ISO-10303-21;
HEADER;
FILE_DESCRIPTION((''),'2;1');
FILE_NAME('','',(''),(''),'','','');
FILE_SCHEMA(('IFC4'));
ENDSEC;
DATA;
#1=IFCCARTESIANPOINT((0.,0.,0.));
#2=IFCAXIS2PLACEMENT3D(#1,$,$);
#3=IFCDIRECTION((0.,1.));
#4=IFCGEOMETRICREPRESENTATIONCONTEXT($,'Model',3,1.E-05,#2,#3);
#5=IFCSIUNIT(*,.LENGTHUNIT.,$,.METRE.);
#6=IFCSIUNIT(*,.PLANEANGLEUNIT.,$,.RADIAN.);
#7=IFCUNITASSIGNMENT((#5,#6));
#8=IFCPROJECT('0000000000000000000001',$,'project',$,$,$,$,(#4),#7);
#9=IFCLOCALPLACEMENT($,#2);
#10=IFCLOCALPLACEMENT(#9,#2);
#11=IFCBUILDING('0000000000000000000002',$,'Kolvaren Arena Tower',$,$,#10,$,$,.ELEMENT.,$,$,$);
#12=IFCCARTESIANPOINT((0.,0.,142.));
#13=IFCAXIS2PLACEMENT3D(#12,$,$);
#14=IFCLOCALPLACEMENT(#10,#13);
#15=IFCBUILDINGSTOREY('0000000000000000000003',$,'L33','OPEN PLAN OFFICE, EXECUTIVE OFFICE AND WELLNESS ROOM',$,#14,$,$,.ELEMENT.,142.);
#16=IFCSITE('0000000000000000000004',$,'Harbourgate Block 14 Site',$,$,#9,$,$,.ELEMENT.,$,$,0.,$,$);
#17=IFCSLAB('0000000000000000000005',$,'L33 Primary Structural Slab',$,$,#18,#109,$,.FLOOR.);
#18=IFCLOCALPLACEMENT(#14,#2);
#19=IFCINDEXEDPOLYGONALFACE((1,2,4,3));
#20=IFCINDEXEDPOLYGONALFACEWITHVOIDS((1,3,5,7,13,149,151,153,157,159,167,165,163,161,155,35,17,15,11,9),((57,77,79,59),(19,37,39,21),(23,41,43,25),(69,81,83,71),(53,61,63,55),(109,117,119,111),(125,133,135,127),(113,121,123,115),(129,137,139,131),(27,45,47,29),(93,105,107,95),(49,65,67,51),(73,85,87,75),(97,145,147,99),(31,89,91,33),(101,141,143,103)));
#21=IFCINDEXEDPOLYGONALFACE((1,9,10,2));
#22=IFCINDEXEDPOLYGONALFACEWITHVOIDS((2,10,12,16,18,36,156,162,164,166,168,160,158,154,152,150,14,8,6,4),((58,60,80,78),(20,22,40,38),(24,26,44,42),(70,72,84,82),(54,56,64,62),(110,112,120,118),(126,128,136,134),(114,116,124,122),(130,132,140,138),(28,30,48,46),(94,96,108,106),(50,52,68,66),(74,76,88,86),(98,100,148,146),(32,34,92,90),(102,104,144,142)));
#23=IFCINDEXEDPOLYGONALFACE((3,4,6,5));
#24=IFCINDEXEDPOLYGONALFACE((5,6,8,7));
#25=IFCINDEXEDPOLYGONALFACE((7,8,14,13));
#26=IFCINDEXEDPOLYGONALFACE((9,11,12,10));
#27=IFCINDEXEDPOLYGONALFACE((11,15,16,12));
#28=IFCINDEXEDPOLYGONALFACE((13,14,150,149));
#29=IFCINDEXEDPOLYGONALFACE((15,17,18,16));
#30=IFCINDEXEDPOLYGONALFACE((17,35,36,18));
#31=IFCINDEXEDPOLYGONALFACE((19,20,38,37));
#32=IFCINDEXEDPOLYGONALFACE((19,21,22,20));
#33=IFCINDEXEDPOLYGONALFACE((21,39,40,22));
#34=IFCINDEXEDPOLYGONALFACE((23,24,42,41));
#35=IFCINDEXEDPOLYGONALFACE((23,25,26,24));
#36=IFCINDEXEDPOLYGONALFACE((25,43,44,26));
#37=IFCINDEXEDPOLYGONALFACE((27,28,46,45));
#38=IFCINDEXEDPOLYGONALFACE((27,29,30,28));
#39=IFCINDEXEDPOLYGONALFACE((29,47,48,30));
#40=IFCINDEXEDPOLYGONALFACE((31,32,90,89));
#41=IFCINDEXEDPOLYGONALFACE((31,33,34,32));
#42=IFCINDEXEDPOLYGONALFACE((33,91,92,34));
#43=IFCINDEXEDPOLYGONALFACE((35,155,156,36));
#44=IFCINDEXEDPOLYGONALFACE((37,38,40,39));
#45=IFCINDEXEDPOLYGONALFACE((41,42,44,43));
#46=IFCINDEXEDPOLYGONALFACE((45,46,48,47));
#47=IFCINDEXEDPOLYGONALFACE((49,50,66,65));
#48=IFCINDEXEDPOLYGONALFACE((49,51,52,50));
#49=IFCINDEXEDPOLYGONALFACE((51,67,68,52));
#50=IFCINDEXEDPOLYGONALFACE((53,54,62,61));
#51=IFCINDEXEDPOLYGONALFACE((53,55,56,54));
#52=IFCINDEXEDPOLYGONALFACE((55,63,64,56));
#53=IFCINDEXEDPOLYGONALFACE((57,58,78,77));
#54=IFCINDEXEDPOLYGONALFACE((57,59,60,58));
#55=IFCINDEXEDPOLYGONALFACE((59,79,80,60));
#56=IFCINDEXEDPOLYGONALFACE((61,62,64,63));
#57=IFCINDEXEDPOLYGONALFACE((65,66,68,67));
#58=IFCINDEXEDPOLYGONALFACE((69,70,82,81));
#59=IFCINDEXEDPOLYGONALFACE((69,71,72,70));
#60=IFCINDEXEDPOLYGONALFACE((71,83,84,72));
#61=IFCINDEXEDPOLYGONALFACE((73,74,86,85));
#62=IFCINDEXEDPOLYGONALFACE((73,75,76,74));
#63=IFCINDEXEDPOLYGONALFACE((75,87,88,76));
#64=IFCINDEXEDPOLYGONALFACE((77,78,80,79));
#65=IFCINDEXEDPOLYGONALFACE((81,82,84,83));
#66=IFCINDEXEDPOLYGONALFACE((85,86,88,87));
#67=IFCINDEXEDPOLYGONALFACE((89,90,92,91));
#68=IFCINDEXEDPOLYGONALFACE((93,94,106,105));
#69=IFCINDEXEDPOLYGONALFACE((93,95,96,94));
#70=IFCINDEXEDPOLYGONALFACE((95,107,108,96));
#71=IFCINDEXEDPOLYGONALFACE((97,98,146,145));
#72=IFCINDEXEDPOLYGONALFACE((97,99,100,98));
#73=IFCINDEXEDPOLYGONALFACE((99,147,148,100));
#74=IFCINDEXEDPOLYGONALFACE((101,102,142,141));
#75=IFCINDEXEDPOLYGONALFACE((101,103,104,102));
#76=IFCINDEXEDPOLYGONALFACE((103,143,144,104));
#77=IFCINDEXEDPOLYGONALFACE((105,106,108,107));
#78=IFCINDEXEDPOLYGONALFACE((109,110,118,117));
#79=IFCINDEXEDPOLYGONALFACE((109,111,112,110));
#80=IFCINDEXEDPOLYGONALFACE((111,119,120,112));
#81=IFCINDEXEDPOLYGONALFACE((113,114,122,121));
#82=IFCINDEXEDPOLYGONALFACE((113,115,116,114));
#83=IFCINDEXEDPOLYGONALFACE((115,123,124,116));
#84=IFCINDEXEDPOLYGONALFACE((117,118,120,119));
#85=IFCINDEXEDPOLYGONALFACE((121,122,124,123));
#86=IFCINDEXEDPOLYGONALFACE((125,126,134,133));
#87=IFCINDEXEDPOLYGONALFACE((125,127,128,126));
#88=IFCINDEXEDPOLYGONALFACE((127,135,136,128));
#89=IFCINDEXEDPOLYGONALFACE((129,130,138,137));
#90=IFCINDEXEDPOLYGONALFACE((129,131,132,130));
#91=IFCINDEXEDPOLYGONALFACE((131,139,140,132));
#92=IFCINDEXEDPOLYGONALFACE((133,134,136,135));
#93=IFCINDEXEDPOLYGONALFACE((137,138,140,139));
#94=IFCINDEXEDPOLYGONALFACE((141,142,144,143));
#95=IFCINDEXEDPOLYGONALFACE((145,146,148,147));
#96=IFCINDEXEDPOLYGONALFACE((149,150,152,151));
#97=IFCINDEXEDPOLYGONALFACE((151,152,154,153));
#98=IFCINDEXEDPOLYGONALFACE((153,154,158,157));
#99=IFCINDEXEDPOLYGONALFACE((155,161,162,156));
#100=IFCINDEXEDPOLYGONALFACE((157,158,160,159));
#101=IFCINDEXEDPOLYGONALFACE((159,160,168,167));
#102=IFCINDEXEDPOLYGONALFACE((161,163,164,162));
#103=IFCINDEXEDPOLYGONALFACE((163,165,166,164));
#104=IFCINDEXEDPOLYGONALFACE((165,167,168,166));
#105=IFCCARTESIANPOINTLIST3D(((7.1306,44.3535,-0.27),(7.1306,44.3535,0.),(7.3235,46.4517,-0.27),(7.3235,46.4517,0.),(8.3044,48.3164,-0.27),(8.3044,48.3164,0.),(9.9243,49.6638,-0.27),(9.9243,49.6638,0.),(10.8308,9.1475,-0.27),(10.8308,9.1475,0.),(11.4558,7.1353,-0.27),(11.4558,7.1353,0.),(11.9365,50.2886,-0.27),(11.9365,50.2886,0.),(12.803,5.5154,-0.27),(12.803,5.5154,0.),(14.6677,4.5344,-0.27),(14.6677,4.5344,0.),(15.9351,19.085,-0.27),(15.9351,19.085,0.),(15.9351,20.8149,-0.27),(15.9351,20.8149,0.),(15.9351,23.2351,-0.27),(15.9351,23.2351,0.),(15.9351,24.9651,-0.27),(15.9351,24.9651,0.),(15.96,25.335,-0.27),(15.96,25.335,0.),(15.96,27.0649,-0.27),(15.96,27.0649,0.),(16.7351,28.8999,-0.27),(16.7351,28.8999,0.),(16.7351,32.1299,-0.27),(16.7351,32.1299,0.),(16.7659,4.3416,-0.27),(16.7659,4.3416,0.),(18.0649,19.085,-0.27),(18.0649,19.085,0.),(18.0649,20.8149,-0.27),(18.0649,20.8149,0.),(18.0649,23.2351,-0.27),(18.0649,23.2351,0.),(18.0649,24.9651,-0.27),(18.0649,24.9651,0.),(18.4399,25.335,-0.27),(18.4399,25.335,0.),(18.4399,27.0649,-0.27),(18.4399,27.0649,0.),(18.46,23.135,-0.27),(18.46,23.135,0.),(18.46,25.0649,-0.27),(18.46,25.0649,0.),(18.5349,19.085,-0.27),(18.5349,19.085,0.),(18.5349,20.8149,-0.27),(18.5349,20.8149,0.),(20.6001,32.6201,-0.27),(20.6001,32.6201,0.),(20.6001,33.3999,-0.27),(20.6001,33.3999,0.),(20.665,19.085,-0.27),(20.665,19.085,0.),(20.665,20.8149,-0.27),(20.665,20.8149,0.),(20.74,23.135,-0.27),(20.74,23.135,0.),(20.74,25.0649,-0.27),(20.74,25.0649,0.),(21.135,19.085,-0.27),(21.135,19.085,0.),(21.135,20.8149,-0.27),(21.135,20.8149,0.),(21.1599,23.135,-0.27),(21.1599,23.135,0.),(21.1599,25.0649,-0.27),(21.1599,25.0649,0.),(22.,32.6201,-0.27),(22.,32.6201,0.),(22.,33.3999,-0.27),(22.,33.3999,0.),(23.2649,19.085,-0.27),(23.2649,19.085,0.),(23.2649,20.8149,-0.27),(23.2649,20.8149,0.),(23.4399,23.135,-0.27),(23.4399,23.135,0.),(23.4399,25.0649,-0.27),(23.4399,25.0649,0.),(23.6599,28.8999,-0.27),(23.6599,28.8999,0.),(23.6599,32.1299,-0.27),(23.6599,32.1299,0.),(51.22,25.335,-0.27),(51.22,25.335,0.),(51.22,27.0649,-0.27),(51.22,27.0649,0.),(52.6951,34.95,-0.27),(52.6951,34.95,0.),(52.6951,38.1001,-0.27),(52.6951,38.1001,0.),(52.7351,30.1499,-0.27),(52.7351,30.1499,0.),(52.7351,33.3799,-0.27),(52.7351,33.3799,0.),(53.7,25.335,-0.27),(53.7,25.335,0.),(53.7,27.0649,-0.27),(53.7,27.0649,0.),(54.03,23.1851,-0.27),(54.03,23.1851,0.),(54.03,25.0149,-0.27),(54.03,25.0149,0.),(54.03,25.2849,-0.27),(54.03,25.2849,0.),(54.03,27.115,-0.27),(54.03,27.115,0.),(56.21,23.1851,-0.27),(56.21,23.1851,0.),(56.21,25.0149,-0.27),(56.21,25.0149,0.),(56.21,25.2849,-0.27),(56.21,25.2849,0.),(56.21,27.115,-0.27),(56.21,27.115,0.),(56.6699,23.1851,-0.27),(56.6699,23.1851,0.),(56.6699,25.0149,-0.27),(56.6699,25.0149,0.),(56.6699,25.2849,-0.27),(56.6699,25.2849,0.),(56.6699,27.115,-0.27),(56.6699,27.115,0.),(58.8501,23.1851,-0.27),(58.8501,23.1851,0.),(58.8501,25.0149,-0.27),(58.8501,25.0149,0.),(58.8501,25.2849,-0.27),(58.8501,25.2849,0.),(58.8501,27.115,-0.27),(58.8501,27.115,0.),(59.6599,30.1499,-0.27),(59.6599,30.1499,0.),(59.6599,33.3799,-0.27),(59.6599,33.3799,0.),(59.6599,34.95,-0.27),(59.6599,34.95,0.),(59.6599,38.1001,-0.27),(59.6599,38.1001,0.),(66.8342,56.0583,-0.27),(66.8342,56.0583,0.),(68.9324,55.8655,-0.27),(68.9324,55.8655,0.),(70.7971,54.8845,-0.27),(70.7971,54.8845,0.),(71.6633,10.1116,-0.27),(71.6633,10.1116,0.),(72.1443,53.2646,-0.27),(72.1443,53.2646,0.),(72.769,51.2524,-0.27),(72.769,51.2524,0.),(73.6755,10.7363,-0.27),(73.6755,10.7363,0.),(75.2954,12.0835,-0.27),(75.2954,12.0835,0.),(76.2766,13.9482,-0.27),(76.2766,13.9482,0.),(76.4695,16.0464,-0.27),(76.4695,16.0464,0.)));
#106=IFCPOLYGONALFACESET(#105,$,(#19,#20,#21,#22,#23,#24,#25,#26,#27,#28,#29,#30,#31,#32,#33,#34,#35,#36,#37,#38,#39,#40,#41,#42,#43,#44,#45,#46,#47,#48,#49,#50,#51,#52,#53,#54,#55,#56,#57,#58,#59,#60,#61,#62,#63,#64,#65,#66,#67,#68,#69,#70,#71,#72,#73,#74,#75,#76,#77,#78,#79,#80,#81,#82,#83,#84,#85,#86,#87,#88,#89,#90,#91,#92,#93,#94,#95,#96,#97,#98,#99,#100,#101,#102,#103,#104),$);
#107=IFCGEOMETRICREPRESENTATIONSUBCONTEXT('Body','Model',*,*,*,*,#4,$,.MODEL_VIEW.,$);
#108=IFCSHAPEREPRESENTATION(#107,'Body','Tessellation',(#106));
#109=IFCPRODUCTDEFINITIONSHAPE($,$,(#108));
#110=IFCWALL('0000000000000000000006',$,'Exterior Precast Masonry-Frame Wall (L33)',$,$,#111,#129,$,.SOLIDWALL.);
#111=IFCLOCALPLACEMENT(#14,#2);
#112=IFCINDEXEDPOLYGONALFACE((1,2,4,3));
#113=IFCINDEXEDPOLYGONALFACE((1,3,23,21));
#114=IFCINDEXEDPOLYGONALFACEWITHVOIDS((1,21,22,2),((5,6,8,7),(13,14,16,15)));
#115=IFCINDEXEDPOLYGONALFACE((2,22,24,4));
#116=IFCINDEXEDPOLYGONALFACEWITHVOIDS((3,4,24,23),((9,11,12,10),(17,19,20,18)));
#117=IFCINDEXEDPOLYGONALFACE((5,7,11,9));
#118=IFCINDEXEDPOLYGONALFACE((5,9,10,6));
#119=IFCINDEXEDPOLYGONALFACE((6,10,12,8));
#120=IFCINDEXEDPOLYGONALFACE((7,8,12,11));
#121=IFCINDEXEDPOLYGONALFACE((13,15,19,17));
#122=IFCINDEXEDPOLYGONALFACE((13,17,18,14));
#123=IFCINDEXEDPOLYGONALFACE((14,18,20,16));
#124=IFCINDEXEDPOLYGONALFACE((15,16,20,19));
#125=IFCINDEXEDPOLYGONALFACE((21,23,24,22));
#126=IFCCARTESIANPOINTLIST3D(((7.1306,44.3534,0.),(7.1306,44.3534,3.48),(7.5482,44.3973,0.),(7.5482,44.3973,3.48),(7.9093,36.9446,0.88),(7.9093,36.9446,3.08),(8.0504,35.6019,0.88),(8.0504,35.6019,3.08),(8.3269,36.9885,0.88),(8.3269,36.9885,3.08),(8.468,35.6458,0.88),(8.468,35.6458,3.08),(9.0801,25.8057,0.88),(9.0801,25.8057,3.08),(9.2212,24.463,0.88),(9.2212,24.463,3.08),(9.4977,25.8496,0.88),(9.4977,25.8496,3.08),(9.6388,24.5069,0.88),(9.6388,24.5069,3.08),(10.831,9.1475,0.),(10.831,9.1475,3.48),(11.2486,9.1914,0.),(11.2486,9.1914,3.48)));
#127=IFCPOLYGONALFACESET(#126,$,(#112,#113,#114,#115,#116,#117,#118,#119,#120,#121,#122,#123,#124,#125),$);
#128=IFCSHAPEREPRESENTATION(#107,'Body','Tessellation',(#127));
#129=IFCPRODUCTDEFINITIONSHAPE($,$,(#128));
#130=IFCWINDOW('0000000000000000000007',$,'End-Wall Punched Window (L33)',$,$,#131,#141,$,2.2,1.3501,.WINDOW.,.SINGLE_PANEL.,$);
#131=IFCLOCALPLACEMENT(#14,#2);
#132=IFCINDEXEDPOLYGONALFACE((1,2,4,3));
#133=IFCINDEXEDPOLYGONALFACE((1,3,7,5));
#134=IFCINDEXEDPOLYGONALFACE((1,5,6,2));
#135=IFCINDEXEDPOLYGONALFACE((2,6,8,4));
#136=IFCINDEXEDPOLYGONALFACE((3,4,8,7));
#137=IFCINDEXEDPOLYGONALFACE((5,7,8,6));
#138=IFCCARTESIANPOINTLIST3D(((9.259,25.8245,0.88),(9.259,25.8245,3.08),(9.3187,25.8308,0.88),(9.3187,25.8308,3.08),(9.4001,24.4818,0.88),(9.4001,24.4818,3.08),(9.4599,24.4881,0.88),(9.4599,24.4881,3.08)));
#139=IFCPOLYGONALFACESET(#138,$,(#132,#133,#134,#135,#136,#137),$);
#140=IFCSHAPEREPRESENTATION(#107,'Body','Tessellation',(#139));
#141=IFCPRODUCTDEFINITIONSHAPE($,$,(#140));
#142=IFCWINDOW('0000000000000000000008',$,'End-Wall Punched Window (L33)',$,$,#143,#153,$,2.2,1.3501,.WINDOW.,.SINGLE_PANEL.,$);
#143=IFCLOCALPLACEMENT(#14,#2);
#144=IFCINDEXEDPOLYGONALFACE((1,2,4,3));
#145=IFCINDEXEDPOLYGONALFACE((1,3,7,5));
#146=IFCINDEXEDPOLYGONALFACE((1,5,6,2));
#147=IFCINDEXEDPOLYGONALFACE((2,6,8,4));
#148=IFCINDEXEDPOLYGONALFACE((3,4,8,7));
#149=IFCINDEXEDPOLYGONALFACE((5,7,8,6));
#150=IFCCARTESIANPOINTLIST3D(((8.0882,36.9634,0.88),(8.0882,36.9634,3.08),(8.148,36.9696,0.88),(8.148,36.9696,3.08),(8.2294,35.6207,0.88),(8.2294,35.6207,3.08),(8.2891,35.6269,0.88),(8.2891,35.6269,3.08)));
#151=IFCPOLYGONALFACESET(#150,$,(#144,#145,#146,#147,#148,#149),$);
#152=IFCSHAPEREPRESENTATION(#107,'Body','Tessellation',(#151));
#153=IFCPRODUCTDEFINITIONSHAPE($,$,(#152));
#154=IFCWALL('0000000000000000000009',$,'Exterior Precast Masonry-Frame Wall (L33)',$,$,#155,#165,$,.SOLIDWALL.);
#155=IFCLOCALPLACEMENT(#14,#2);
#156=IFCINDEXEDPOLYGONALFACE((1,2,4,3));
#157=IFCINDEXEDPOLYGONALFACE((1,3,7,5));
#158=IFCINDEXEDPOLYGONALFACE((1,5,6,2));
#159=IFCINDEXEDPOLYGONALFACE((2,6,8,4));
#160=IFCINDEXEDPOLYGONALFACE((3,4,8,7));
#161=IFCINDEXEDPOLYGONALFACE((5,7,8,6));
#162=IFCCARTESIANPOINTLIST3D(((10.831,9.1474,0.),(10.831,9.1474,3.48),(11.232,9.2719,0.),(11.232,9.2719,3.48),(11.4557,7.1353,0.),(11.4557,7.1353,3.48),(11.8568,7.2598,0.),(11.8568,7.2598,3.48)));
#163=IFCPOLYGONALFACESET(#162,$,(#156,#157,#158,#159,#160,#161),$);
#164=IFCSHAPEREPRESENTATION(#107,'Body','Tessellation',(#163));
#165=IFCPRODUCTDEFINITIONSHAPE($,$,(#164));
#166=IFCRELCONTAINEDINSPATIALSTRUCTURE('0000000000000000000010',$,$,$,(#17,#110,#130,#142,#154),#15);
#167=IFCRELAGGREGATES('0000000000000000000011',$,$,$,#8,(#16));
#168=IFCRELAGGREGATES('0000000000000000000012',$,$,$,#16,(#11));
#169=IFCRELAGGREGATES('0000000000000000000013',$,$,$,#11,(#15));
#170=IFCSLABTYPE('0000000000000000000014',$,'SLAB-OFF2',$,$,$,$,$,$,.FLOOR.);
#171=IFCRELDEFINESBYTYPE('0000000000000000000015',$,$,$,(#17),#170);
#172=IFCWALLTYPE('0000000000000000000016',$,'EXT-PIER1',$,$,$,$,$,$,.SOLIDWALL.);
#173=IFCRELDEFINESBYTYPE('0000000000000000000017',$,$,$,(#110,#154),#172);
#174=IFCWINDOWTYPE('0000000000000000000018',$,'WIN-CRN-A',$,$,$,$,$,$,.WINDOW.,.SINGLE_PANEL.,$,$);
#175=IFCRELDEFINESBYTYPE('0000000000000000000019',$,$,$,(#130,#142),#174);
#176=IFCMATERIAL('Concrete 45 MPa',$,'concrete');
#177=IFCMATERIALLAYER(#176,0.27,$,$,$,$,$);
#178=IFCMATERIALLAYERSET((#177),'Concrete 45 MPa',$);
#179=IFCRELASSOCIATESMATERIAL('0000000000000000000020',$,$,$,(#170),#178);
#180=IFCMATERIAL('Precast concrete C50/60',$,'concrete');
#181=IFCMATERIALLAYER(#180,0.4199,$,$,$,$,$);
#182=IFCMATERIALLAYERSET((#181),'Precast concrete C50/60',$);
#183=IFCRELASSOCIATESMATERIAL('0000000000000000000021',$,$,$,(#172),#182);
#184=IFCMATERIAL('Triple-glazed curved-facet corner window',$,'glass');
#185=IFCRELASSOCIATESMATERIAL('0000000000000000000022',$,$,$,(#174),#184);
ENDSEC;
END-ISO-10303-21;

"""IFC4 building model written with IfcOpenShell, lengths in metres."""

from ifc_helpers import new_model, si_unit, direction, frame, frame_2d, origin, place, context, subcontext, project, spatial, polyline, rectangle, outline, extrude, material, layer, layer_set, type_object, element, fill, save


model = new_model("IFC4")

# Units and contexts
model_context = context("Model", 3, precision=1e-05, world=origin(), true_north=direction((0.0, 1.0)))
body_context = subcontext(model_context, "Body", "Model", "MODEL_VIEW")
ifc_project = project(units=[si_unit("LENGTHUNIT", "METRE"), si_unit("PLANEANGLEUNIT", "RADIAN")], contexts=[model_context])

# Site, building, storey
site_placement = place(None, origin())
site = spatial("IfcSite", under=ifc_project, at=site_placement, Name="Harbourgate Block 14 Site", CompositionType="ELEMENT", RefElevation=0.0)
building_placement = place(site_placement, origin())
building = spatial("IfcBuilding", under=site, at=building_placement, Name="Kolvaren Arena Tower", CompositionType="ELEMENT")
storey_placement = place(building_placement, frame((0.0, 0.0, 142.0)))
storey = spatial("IfcBuildingStorey", under=building, at=storey_placement, Name="L33", Description="OPEN PLAN OFFICE, EXECUTIVE OFFICE AND WELLNESS ROOM", CompositionType="ELEMENT", Elevation=142.0)

# Shared definitions
ifc_material_1 = material(Name="Concrete 45 MPa", Category="concrete")

# Slab
ifc_layer_1 = layer(ifc_material_1, 0.27)
ifc_layer_set_1 = layer_set([ifc_layer_1], Name="Concrete 45 MPa")
slab_type_1 = type_object("IfcSlabType", Name="SLAB-OFF2", PredefinedType="FLOOR", material=ifc_layer_set_1)
slab_1_placement = place(storey_placement, frame((0.0, 0.0, -0.27)))
element("IfcSlab", 1, at=slab_1_placement, inside=storey, type_object=slab_type_1, Name="L33 Primary Structural Slab", PredefinedType="FLOOR", context=body_context, shape_type="SweptSolid", body=[
    extrude(outline(polyline([(71.6633, 10.1116), (73.6755, 10.7363), (75.2954, 12.0835), (76.2766, 13.9482), (76.4695, 16.0464), (72.769, 51.2524), (72.1443, 53.2646), (70.7971, 54.8845), (68.9324, 55.8655), (66.8342, 56.0583), (11.9365, 50.2886), (9.9243, 49.6638), (8.3044, 48.3164), (7.3235, 46.4517), (7.1306, 44.3535), (10.8308, 9.1475), (11.4558, 7.1353), (12.803, 5.5154), (14.6677, 4.5344), (16.7659, 4.3416), (71.6633, 10.1116)]), holes=[polyline([(15.9351, 19.085), (15.9351, 20.8149), (18.0649, 20.8149), (18.0649, 19.085), (15.9351, 19.085)]), polyline([(18.5349, 19.085), (18.5349, 20.8149), (20.665, 20.8149), (20.665, 19.085), (18.5349, 19.085)]), polyline([(21.135, 19.085), (21.135, 20.8149), (23.2649, 20.8149), (23.2649, 19.085), (21.135, 19.085)]), polyline([(18.46, 23.135), (18.46, 25.0649), (20.74, 25.0649), (20.74, 23.135), (18.46, 23.135)]), polyline([(21.1599, 23.135), (21.1599, 25.0649), (23.4399, 25.0649), (23.4399, 23.135), (21.1599, 23.135)]), polyline([(54.03, 23.1851), (54.03, 25.0149), (56.21, 25.0149), (56.21, 23.1851), (54.03, 23.1851)]), polyline([(56.6699, 23.1851), (56.6699, 25.0149), (58.8501, 25.0149), (58.8501, 23.1851), (56.6699, 23.1851)]), polyline([(15.9351, 23.2351), (15.9351, 24.9651), (18.0649, 24.9651), (18.0649, 23.2351), (15.9351, 23.2351)]), polyline([(54.03, 25.2849), (54.03, 27.115), (56.21, 27.115), (56.21, 25.2849), (54.03, 25.2849)]), polyline([(56.6699, 25.2849), (56.6699, 27.115), (58.8501, 27.115), (58.8501, 25.2849), (56.6699, 25.2849)]), polyline([(15.96, 25.335), (15.96, 27.0649), (18.4399, 27.0649), (18.4399, 25.335), (15.96, 25.335)]), polyline([(51.22, 25.335), (51.22, 27.0649), (53.7, 27.0649), (53.7, 25.335), (51.22, 25.335)]), polyline([(16.7351, 28.8999), (16.7351, 32.1299), (23.6599, 32.1299), (23.6599, 28.8999), (16.7351, 28.8999)]), polyline([(52.7351, 30.1499), (52.7351, 33.3799), (59.6599, 33.3799), (59.6599, 30.1499), (52.7351, 30.1499)]), polyline([(20.6001, 32.6201), (20.6001, 33.3999), (22.0, 33.3999), (22.0, 32.6201), (20.6001, 32.6201)]), polyline([(52.6951, 34.95), (52.6951, 38.1001), (59.6599, 38.1001), (59.6599, 34.95), (52.6951, 34.95)])]), origin(), (0.0, 0.0, 1.0), 0.27),
])

# Wall, openings, windows
ifc_material_2 = material(Name="Precast concrete C50/60", Category="concrete")
ifc_layer_2 = layer(ifc_material_2, 0.4199)
ifc_layer_set_2 = layer_set([ifc_layer_2], Name="Precast concrete C50/60")
wall_type = type_object("IfcWallType", Name="EXT-PIER1", PredefinedType="SOLIDWALL", material=ifc_layer_set_2)
wall_placement = place(storey_placement, frame((11.0398, 9.1694, 0.0), z_axis=(0.0, 0.0, 1.0), x_axis=(-0.104532, 0.994522, 0.0)))
wall = element("IfcWall", 2, at=wall_placement, inside=storey, type_object=wall_type, Name="Exterior Precast Masonry-Frame Wall (L33)", PredefinedType="SOLIDWALL", context=body_context, shape_type="SweptSolid", body=[
    extrude(rectangle(XDim=35.3999, YDim=0.4199, at=frame_2d((17.7, 0.0))), origin(), (0.0, 0.0, 1.0), 3.48),
])
opening_1_placement = place(wall_placement, frame((15.3999, 0.0, 0.8799)))
opening_1 = element("IfcOpeningElement", 3, at=opening_1_placement, cuts=wall, PredefinedType="OPENING", context=body_context, shape_type="SweptSolid", body=[
    extrude(rectangle(XDim=1.3501, YDim=2.2, at=frame_2d((0.675, 1.1001))), frame((0.0, 0.22, 0.0), z_axis=(0.0, -1.0, 0.0), x_axis=(1.0, 0.0, 0.0)), (0.0, 0.0, 1.0), 0.4399),
])
opening_2_placement = place(wall_placement, frame((26.6001, 0.0, 0.8799)))
opening_2 = element("IfcOpeningElement", 4, at=opening_2_placement, cuts=wall, PredefinedType="OPENING", context=body_context, shape_type="SweptSolid", body=[
    extrude(rectangle(XDim=1.3501, YDim=2.2, at=frame_2d((0.675, 1.1001))), frame((0.0, 0.22, 0.0), z_axis=(0.0, -1.0, 0.0), x_axis=(1.0, 0.0, 0.0)), (0.0, 0.0, 1.0), 0.4399),
])
ifc_material_3 = material(Name="Triple-glazed curved-facet corner window", Category="glass")
window_type = type_object("IfcWindowType", Name="WIN-CRN-A", PartitioningType="SINGLE_PANEL", PredefinedType="WINDOW", material=ifc_material_3)
window_1_placement = place(opening_1_placement, origin())
window_1 = element("IfcWindow", 5, at=window_1_placement, inside=storey, type_object=window_type, Name="End-Wall Punched Window (L33)", OverallHeight=2.2, OverallWidth=1.3501, PartitioningType="SINGLE_PANEL", PredefinedType="WINDOW", context=body_context, shape_type="SweptSolid", body=[
    extrude(rectangle(XDim=1.3501, YDim=2.2, at=frame_2d((0.675, 1.1001))), frame((0.0, 0.03, 0.0), z_axis=(0.0, -1.0, 0.0), x_axis=(1.0, 0.0, 0.0)), (0.0, 0.0, 1.0), 0.0601),
])
fill(opening_1, window_1)
window_2_placement = place(opening_2_placement, origin())
window_2 = element("IfcWindow", 6, at=window_2_placement, inside=storey, type_object=window_type, Name="End-Wall Punched Window (L33)", OverallHeight=2.2, OverallWidth=1.3501, PartitioningType="SINGLE_PANEL", PredefinedType="WINDOW", context=body_context, shape_type="SweptSolid", body=[
    extrude(rectangle(XDim=1.3501, YDim=2.2, at=frame_2d((0.675, 1.1001))), frame((0.0, 0.03, 0.0), z_axis=(0.0, -1.0, 0.0), x_axis=(1.0, 0.0, 0.0)), (0.0, 0.0, 1.0), 0.0601),
])
fill(opening_2, window_2)

# Wall
for number, where, z_axis, x_axis, name in (
    (7, (11.6562, 7.1975, 0.0), (0.0, 0.0, 1.0), (-0.296519, 0.955027, 0.0), "Exterior Precast Masonry-Frame Wall (L33)"),
):
    element("IfcWall", number, at=place(storey_placement, frame(where, z_axis=z_axis, x_axis=x_axis)), inside=storey, type_object=wall_type, Name=name, PredefinedType="SOLIDWALL", context=body_context, shape_type="SweptSolid", body=[
        extrude(rectangle(XDim=2.1069, YDim=0.4199, at=frame_2d((1.0535, 0.0))), origin(), (0.0, 0.0, 1.0), 3.48),
    ])

save(model, "model.ifc")
